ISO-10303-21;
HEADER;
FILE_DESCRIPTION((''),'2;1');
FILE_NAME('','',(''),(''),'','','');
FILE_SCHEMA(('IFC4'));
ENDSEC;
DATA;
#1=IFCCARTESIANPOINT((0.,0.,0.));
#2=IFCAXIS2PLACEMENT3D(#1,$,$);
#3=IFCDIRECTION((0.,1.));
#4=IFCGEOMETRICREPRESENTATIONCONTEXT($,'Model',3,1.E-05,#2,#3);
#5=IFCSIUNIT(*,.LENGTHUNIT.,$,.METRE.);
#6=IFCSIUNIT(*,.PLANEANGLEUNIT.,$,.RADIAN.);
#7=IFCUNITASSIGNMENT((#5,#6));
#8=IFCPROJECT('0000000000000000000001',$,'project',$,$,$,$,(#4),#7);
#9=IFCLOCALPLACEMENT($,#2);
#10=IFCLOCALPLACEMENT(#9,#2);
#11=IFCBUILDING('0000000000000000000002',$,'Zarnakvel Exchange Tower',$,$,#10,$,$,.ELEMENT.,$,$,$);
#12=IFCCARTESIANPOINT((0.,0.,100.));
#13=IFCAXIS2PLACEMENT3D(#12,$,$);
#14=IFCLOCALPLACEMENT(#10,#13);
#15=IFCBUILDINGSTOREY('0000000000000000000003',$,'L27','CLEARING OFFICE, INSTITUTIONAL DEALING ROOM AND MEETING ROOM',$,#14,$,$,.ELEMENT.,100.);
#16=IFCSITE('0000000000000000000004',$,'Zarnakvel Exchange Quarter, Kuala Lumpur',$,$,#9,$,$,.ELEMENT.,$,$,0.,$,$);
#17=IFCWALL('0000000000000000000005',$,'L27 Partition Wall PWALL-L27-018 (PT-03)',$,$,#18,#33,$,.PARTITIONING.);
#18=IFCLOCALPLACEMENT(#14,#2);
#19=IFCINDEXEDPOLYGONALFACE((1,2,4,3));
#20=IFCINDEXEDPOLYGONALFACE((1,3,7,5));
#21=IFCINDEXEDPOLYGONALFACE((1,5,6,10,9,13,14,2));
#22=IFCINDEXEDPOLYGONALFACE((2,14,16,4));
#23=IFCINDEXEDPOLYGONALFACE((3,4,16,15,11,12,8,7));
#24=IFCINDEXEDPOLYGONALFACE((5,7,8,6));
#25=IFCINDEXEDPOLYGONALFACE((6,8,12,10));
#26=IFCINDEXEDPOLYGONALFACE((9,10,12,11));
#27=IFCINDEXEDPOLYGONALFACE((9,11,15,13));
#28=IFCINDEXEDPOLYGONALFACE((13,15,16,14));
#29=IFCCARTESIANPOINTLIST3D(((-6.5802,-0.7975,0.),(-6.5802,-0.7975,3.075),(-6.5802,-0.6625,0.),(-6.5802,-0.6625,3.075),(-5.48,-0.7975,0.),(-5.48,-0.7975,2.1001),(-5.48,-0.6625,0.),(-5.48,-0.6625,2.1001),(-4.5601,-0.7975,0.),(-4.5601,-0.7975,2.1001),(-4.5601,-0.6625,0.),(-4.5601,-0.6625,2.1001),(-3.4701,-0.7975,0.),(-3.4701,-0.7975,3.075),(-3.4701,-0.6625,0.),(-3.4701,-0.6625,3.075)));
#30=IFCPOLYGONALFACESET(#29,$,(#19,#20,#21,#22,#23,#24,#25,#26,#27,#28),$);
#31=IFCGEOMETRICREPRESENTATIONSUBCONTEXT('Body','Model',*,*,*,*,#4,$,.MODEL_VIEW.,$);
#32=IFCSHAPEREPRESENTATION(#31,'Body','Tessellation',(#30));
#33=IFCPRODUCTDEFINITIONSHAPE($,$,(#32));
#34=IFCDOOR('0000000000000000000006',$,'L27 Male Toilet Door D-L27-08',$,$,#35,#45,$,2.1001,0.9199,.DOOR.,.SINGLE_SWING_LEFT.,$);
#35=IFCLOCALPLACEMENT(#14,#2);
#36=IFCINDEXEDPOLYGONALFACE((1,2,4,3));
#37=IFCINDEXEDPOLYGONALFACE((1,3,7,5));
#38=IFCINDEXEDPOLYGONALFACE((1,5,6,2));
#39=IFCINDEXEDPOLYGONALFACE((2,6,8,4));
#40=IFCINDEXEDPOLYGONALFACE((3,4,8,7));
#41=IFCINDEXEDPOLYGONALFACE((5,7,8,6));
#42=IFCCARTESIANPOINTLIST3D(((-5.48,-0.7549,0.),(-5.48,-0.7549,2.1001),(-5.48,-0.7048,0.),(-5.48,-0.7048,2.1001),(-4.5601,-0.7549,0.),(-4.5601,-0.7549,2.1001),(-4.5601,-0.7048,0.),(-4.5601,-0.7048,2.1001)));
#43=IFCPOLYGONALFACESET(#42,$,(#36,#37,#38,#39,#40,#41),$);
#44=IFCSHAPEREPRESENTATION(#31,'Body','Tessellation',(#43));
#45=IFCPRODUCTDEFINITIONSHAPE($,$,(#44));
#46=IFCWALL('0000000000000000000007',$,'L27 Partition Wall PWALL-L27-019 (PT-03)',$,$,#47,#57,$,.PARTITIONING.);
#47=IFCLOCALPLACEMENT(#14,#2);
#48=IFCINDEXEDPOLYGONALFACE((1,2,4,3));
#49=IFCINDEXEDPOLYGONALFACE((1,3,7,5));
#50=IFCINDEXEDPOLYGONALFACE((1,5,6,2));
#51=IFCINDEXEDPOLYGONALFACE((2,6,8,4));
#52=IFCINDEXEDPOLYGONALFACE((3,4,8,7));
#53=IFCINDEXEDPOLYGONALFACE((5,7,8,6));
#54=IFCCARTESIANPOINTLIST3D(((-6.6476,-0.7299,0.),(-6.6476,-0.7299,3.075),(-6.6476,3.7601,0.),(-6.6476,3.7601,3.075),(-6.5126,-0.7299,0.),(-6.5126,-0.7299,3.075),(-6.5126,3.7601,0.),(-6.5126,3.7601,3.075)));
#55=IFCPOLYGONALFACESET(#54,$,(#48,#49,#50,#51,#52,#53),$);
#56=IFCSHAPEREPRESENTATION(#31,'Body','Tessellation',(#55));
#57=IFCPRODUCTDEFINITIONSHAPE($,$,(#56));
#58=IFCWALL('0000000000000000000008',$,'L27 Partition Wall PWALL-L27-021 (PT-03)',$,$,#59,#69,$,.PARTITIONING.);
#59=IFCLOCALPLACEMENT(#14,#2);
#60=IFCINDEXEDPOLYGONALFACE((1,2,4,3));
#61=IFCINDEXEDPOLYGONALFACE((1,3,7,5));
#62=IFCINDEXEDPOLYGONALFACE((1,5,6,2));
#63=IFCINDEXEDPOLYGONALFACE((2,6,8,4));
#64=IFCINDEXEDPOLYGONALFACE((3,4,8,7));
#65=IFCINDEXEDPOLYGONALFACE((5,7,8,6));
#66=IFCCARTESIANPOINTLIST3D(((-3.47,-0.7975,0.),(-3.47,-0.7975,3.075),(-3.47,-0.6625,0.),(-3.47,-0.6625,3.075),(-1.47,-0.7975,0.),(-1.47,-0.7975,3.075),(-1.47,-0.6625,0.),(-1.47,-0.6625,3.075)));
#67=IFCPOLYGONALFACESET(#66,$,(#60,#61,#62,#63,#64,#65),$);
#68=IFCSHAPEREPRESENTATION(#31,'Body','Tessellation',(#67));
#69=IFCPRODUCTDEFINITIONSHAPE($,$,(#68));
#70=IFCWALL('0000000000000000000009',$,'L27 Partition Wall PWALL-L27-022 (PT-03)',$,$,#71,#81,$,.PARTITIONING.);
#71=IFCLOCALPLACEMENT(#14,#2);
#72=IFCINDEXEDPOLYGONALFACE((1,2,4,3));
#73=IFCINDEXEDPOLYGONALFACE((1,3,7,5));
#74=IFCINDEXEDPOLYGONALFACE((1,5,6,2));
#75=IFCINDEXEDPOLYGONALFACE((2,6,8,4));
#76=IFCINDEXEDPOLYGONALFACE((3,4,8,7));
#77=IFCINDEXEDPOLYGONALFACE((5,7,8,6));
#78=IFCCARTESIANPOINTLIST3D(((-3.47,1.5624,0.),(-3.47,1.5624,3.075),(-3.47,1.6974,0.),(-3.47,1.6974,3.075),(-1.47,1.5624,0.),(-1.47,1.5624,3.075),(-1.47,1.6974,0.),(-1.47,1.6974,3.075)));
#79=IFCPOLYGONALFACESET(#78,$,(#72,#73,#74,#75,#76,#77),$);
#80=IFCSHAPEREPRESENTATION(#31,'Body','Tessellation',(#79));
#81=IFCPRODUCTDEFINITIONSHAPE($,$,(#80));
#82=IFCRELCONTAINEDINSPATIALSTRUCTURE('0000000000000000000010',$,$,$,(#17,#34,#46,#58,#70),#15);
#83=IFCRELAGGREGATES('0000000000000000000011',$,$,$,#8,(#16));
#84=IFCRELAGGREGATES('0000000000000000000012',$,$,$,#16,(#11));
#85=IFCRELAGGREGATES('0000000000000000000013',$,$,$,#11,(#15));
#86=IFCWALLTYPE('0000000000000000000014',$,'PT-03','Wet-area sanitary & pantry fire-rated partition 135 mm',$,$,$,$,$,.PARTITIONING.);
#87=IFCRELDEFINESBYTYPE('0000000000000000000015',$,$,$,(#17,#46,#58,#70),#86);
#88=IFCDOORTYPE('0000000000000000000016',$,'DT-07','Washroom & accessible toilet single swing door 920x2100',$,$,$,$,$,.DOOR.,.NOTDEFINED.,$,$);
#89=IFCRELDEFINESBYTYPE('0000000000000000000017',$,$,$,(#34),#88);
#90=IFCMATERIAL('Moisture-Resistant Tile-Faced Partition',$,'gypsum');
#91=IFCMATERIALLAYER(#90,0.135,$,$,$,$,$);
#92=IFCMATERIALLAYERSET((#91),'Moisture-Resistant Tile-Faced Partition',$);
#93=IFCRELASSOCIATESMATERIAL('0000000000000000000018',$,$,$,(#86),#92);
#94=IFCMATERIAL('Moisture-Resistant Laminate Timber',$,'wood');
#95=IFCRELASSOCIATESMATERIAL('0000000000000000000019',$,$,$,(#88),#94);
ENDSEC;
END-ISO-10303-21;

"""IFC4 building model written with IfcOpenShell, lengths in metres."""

from ifc_helpers import new_model, si_unit, direction, frame, frame_2d, origin, place, context, subcontext, project, spatial, rectangle, extrude, source, transform, mapped, material, layer, layer_set, type_object, element, fill, save


model = new_model("IFC4")

# Units and contexts
model_context = context("Model", 3, precision=1e-05, world=origin(), true_north=direction((0.0, 1.0)))
body_context = subcontext(model_context, "Body", "Model", "MODEL_VIEW")
ifc_project = project(units=[si_unit("LENGTHUNIT", "METRE"), si_unit("PLANEANGLEUNIT", "RADIAN")], contexts=[model_context])

# Site, building, storey
site_placement = place(None, origin())
site = spatial("IfcSite", under=ifc_project, at=site_placement, Name="Zarnakvel Exchange Quarter, Kuala Lumpur", CompositionType="ELEMENT", RefElevation=0.0)
building_placement = place(site_placement, origin())
building = spatial("IfcBuilding", under=site, at=building_placement, Name="Zarnakvel Exchange Tower", CompositionType="ELEMENT")
storey_placement = place(building_placement, frame((0.0, 0.0, 100.0)))
storey = spatial("IfcBuildingStorey", under=building, at=storey_placement, Name="L27", Description="CLEARING OFFICE, INSTITUTIONAL DEALING ROOM AND MEETING ROOM", CompositionType="ELEMENT", Elevation=100.0)

# Wall, opening, door
ifc_material_1 = material(Name="Moisture-Resistant Tile-Faced Partition", Category="gypsum")
ifc_layer_1 = layer(ifc_material_1, 0.135)
ifc_layer_set_1 = layer_set([ifc_layer_1], Name="Moisture-Resistant Tile-Faced Partition")
wall_type_1 = type_object("IfcWallType", Name="PT-03", Description="Wet-area sanitary & pantry fire-rated partition 135 mm", PredefinedType="PARTITIONING", material=ifc_layer_set_1)
wall_1_placement = place(storey_placement, frame((-3.47, -0.73, 0.0), z_axis=(0.0, 0.0, 1.0), x_axis=(-1.0, 0.0, 0.0)))
wall_1 = element("IfcWall", 1, at=wall_1_placement, inside=storey, type_object=wall_type_1, Name="L27 Partition Wall PWALL-L27-018 (PT-03)", PredefinedType="PARTITIONING", context=body_context, shape_type="SweptSolid", body=[
    extrude(rectangle(XDim=3.1101, YDim=0.135, at=frame_2d((1.5552, 0.0))), origin(), (0.0, 0.0, 1.0), 3.075),
])
opening_1_placement = place(wall_1_placement, frame((1.0901, 0.0, 0.0)))
opening_1 = element("IfcOpeningElement", 2, at=opening_1_placement, cuts=wall_1, PredefinedType="OPENING", context=body_context, shape_type="SweptSolid", body=[
    extrude(rectangle(XDim=0.9199, YDim=2.1001, at=frame_2d((0.46, 1.05))), frame((0.0, 0.0774, 0.0), z_axis=(0.0, -1.0, 0.0), x_axis=(1.0, 0.0, 0.0)), (0.0, 0.0, 1.0), 0.155),
])
ifc_material_2 = material(Name="Moisture-Resistant Laminate Timber", Category="wood")
door_type_1 = type_object("IfcDoorType", Name="DT-07", Description="Washroom & accessible toilet single swing door 920x2100", OperationType="NOTDEFINED", PredefinedType="DOOR", material=ifc_material_2)
shared_shape_1 = source(origin(), body_context, "Body", "SweptSolid", [
    extrude(rectangle(XDim=0.9199, YDim=2.1001, at=frame_2d((0.46, 1.05))), frame((0.0, 0.0249, 0.0), z_axis=(0.0, -1.0, 0.0), x_axis=(1.0, 0.0, 0.0)), (0.0, 0.0, 1.0), 0.05),
])
door_1_placement = place(opening_1_placement, origin())
door_1 = element("IfcDoor", 3, at=door_1_placement, inside=storey, type_object=door_type_1, Name="L27 Male Toilet Door D-L27-08", OperationType="SINGLE_SWING_LEFT", OverallHeight=2.1001, OverallWidth=0.9199, PredefinedType="DOOR", context=body_context, shape_type="MappedRepresentation", body=[
    mapped(shared_shape_1, transform((0.0, 0.0, 0.0), x_axis=(1.0, 0.0, 0.0), y_axis=(0.0, 1.0, 0.0), z_axis=(0.0, 0.0, 1.0), scale=1.0)),
])
fill(opening_1, door_1)

# Walls
wall_2_placement = place(storey_placement, frame((-6.5801, -0.73, 0.0), z_axis=(0.0, 0.0, 1.0), x_axis=(0.0, 1.0, 0.0)))
element("IfcWall", 4, at=wall_2_placement, inside=storey, type_object=wall_type_1, Name="L27 Partition Wall PWALL-L27-019 (PT-03)", PredefinedType="PARTITIONING", context=body_context, shape_type="SweptSolid", body=[
    extrude(rectangle(XDim=4.49, YDim=0.135, at=frame_2d((2.2451, 0.0))), origin(), (0.0, 0.0, 1.0), 3.075),
])
for number, where, z_axis, x_axis, name in (
    (5, (-1.47, -0.73, 0.0), (0.0, 0.0, 1.0), (-1.0, 0.0, 0.0), "L27 Partition Wall PWALL-L27-021 (PT-03)"),
    (6, (-3.47, 1.6299, 0.0), (0.0, 0.0, 1.0), (1.0, 0.0, 0.0), "L27 Partition Wall PWALL-L27-022 (PT-03)"),
):
    element("IfcWall", number, at=place(storey_placement, frame(where, z_axis=z_axis, x_axis=x_axis)), inside=storey, type_object=wall_type_1, Name=name, PredefinedType="PARTITIONING", context=body_context, shape_type="SweptSolid", body=[
        extrude(rectangle(XDim=2.0, YDim=0.135, at=frame_2d((1.0, 0.0))), origin(), (0.0, 0.0, 1.0), 3.075),
    ])

save(model, "model.ifc")
